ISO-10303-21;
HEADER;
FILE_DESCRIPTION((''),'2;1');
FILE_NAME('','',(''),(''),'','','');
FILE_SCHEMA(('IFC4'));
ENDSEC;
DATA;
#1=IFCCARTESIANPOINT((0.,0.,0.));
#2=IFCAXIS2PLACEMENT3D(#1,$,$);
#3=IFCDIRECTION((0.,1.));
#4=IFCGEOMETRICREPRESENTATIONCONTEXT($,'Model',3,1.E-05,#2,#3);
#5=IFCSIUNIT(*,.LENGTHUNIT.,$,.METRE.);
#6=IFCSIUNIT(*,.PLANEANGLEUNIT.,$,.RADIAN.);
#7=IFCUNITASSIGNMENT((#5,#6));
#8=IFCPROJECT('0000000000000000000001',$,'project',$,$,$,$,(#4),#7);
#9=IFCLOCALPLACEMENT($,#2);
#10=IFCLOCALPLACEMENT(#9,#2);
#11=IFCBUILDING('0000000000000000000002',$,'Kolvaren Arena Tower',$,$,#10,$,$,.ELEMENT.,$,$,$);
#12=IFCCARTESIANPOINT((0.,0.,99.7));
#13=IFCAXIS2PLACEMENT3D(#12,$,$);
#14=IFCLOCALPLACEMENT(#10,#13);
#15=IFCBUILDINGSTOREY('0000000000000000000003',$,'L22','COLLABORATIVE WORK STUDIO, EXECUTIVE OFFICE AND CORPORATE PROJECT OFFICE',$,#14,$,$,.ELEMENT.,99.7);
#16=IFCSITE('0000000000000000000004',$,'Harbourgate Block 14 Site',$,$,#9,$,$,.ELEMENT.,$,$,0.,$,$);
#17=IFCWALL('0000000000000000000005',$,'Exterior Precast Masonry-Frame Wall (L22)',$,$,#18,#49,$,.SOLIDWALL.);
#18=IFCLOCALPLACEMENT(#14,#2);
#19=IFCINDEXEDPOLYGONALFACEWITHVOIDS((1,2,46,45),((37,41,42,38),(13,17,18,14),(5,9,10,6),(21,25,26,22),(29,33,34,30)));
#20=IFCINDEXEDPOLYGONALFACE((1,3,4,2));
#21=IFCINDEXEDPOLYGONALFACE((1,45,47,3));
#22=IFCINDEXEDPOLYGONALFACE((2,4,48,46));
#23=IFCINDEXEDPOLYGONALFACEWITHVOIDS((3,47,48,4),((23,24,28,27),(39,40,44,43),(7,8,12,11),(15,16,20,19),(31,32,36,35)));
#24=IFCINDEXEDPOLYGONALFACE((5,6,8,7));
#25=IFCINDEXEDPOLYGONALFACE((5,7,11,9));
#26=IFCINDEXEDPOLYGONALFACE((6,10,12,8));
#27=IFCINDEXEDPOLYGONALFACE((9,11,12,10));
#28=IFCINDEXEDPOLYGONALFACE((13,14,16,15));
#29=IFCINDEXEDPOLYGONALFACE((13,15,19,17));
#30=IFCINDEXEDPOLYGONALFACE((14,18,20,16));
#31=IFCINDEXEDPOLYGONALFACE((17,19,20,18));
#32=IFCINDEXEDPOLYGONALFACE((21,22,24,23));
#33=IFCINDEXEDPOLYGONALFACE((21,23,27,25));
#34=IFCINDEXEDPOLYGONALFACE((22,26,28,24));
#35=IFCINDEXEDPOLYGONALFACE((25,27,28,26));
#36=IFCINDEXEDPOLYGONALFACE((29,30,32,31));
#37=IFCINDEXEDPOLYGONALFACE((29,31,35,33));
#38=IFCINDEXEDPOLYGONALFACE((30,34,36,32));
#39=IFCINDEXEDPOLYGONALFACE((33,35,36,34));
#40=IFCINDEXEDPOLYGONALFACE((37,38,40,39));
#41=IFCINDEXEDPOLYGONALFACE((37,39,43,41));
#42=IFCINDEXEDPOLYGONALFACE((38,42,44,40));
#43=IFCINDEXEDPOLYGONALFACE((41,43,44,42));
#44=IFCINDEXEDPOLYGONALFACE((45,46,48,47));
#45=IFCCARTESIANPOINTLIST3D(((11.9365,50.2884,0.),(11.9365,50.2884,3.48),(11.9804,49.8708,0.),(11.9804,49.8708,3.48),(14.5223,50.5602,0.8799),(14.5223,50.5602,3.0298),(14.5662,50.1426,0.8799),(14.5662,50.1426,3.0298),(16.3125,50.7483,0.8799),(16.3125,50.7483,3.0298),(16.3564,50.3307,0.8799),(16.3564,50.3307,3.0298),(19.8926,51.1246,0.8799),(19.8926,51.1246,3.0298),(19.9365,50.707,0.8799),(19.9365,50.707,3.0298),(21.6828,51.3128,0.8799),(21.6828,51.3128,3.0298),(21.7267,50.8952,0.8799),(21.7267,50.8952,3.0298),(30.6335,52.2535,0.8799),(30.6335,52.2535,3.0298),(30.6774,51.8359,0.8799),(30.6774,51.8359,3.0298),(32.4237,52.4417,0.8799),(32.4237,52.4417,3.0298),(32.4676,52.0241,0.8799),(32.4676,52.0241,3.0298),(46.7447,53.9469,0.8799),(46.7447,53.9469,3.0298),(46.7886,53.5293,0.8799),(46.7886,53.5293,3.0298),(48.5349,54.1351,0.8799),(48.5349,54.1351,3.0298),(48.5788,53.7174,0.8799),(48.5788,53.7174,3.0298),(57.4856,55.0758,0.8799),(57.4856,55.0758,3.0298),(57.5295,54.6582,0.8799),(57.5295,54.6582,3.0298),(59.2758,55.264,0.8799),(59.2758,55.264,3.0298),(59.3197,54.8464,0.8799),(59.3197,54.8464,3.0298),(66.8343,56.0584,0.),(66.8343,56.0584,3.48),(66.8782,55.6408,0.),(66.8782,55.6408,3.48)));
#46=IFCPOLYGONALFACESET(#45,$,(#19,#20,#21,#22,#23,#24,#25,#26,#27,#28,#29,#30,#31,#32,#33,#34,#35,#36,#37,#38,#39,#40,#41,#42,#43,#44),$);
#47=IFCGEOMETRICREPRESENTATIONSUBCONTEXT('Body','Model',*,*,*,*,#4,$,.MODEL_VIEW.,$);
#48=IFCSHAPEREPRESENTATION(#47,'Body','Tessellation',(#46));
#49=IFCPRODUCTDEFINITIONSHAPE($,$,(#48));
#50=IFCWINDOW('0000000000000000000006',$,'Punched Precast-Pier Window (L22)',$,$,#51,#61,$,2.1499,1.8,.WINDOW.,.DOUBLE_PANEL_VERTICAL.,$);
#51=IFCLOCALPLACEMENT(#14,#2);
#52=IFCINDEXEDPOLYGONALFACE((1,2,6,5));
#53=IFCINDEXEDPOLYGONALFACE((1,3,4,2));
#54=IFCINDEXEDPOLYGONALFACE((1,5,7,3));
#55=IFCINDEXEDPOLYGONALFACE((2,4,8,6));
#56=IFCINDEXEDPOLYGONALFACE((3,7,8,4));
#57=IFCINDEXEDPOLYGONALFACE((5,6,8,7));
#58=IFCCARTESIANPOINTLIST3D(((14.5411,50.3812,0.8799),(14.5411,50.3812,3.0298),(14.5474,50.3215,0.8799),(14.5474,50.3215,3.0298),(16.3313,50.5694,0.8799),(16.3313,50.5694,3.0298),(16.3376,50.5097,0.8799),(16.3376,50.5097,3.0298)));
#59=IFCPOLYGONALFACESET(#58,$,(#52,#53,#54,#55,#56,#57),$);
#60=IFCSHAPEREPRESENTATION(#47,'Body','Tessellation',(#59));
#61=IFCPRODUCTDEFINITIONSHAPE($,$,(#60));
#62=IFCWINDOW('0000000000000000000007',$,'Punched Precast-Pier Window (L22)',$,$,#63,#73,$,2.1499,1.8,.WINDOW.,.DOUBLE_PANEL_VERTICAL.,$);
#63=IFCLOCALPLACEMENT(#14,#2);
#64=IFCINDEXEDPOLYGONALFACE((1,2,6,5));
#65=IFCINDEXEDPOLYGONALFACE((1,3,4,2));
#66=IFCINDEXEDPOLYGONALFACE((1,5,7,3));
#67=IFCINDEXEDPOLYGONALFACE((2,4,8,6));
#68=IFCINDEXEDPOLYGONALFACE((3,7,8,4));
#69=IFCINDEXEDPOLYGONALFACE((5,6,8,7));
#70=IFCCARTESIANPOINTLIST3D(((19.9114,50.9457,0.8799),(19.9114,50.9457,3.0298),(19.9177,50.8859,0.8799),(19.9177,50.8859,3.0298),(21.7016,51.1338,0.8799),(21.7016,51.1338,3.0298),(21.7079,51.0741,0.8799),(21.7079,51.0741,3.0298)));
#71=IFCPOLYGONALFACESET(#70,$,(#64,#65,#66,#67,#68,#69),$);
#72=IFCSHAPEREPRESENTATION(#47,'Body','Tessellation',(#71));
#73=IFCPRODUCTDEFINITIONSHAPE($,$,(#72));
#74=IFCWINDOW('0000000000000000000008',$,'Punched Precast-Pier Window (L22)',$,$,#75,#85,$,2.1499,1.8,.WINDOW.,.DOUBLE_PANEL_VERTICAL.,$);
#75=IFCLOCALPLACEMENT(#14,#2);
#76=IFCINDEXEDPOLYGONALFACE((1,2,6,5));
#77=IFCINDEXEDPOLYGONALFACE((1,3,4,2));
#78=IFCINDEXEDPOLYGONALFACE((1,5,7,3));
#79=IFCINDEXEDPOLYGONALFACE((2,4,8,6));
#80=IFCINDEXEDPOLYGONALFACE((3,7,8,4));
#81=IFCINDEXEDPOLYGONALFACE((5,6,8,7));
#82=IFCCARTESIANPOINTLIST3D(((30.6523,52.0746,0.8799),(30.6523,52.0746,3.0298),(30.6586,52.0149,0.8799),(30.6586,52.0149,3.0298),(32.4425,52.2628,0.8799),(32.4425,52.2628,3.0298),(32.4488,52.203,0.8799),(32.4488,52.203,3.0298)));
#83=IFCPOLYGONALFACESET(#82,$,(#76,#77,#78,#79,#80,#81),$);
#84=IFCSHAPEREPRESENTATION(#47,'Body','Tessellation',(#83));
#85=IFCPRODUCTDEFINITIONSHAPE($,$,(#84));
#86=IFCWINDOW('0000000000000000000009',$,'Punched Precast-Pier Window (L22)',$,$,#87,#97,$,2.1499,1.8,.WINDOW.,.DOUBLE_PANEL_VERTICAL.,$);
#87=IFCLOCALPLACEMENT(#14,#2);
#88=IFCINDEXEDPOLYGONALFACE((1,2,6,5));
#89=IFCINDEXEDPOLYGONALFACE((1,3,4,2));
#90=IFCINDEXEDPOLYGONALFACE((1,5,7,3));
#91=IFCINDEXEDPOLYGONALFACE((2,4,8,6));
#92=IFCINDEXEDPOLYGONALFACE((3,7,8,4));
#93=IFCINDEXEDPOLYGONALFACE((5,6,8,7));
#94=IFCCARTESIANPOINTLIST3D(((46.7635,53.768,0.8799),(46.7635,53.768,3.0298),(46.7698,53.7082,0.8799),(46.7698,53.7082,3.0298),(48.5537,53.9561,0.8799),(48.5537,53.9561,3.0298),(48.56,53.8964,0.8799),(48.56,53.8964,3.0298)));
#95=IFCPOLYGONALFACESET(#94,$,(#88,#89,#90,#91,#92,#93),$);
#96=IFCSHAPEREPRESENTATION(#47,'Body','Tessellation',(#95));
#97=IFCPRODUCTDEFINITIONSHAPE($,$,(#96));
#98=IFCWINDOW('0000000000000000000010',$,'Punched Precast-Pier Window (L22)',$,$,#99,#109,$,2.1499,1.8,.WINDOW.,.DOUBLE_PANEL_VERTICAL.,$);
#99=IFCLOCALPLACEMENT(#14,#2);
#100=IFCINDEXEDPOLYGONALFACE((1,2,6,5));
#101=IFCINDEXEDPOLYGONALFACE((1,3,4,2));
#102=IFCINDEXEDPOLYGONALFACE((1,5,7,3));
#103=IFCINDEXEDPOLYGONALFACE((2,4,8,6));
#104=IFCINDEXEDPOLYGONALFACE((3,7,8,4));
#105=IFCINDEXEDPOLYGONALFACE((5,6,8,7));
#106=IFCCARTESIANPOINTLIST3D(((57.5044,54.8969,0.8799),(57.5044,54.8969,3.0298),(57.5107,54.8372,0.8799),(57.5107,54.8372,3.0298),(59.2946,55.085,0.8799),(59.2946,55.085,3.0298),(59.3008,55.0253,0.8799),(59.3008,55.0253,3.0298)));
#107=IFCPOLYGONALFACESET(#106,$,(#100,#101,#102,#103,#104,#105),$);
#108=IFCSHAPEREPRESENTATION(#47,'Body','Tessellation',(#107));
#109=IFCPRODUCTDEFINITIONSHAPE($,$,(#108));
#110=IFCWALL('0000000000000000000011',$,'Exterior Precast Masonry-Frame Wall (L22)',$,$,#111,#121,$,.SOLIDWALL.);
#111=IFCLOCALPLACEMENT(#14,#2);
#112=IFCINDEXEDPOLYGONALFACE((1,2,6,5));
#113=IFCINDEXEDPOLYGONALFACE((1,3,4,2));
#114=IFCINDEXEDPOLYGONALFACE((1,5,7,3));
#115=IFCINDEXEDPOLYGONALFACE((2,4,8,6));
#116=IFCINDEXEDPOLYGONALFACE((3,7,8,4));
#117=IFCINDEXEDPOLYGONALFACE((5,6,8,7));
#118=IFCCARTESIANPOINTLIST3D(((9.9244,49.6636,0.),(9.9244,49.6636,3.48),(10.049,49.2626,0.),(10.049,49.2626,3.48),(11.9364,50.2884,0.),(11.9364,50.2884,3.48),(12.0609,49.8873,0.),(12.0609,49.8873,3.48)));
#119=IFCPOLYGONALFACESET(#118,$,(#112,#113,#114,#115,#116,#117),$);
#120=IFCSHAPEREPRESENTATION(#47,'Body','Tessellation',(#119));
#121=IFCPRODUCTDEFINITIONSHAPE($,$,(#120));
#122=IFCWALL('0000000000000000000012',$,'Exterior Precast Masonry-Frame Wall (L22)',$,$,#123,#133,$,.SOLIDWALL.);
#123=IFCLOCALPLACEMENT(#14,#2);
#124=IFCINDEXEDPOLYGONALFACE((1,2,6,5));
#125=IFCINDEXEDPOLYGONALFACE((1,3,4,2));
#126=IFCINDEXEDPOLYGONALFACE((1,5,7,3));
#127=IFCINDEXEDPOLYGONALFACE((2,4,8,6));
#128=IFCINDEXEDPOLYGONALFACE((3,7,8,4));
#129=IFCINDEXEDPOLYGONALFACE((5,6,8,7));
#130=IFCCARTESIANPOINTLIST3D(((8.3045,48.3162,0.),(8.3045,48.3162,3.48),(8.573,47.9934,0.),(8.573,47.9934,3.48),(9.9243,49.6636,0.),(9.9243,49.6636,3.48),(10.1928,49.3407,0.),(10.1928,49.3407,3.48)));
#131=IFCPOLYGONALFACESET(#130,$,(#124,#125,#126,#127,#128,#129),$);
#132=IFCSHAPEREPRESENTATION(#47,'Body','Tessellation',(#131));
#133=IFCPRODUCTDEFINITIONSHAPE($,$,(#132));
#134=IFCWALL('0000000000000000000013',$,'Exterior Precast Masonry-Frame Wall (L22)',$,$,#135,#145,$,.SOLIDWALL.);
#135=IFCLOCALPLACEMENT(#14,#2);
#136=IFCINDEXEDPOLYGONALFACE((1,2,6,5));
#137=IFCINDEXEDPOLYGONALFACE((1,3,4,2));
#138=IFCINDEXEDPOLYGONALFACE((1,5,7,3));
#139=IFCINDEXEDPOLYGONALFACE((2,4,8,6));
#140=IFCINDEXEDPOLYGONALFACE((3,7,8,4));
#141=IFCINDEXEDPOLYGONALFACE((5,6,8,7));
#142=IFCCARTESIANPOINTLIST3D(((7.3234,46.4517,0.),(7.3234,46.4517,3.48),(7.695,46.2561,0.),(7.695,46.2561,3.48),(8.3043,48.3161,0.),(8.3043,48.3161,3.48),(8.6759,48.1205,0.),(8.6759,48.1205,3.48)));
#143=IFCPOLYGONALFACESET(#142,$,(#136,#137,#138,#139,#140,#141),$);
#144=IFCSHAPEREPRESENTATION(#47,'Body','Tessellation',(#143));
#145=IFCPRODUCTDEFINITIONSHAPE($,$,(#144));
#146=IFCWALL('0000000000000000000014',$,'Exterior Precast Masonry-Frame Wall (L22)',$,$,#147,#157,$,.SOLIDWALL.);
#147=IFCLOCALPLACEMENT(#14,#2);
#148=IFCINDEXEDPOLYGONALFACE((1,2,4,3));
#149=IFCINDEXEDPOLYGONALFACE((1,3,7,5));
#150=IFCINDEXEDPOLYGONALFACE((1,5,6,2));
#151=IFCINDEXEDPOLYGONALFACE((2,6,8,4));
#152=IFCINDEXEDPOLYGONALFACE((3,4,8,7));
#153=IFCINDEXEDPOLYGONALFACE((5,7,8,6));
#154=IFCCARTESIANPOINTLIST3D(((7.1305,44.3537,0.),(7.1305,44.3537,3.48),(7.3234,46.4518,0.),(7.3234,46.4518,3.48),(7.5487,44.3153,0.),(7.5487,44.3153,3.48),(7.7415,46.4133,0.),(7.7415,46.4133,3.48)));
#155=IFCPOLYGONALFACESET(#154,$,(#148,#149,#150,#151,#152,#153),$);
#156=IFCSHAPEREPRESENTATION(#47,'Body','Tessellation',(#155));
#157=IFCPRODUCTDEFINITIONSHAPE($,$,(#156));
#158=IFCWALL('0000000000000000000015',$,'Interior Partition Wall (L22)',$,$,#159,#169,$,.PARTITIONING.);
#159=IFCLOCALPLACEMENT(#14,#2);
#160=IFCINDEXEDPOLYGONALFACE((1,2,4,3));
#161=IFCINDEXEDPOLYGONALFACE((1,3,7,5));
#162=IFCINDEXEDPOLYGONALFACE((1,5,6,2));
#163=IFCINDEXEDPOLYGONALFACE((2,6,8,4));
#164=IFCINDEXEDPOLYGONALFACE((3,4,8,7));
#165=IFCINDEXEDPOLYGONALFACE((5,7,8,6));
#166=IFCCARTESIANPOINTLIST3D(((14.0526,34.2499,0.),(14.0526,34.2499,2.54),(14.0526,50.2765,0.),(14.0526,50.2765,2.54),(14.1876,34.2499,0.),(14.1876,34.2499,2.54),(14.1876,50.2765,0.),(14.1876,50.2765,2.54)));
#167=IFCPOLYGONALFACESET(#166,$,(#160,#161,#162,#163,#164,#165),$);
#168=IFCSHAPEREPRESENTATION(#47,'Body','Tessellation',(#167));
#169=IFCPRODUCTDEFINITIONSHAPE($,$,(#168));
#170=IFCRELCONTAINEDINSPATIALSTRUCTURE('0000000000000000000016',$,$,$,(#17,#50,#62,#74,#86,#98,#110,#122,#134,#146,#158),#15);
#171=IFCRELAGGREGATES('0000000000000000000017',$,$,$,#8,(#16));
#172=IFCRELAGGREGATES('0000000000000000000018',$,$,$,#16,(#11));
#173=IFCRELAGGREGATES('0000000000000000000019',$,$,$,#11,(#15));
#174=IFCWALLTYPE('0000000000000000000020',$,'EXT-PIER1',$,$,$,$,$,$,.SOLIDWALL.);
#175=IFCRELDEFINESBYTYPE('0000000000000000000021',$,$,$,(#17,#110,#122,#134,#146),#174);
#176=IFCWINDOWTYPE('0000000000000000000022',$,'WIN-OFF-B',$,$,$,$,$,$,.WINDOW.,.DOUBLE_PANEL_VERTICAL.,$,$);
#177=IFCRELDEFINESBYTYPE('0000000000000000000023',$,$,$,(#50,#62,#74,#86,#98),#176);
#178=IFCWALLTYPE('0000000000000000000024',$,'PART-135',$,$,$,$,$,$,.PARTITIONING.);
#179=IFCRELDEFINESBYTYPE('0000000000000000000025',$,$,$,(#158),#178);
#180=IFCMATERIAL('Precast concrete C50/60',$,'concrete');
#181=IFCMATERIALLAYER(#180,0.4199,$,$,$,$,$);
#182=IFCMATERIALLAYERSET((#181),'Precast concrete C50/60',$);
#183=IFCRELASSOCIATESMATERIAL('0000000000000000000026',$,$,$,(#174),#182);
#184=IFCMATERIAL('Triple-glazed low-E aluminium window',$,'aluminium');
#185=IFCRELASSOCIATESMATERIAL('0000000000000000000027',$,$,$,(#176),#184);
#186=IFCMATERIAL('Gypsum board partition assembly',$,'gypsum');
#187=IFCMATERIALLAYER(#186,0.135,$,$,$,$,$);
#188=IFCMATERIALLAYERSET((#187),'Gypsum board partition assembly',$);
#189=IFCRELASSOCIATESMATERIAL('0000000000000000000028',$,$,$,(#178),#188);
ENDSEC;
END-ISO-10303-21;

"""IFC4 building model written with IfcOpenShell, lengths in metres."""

from ifc_helpers import new_model, si_unit, direction, frame, frame_2d, origin, place, context, subcontext, project, spatial, rectangle, extrude, material, layer, layer_set, type_object, element, fill, save


model = new_model("IFC4")

# Units and contexts
model_context = context("Model", 3, precision=1e-05, world=origin(), true_north=direction((0.0, 1.0)))
body_context = subcontext(model_context, "Body", "Model", "MODEL_VIEW")
ifc_project = project(units=[si_unit("LENGTHUNIT", "METRE"), si_unit("PLANEANGLEUNIT", "RADIAN")], contexts=[model_context])

# Site, building, storey
site_placement = place(None, origin())
site = spatial("IfcSite", under=ifc_project, at=site_placement, Name="Harbourgate Block 14 Site", CompositionType="ELEMENT", RefElevation=0.0)
building_placement = place(site_placement, origin())
building = spatial("IfcBuilding", under=site, at=building_placement, Name="Kolvaren Arena Tower", CompositionType="ELEMENT")
storey_placement = place(building_placement, frame((0.0, 0.0, 99.7)))
storey = spatial("IfcBuildingStorey", under=building, at=storey_placement, Name="L22", Description="COLLABORATIVE WORK STUDIO, EXECUTIVE OFFICE AND CORPORATE PROJECT OFFICE", CompositionType="ELEMENT", Elevation=99.7)

# Wall, openings, windows
ifc_material_1 = material(Name="Precast concrete C50/60", Category="concrete")
ifc_layer_1 = layer(ifc_material_1, 0.4199)
ifc_layer_set_1 = layer_set([ifc_layer_1], Name="Precast concrete C50/60")
wall_type_1 = type_object("IfcWallType", Name="EXT-PIER1", PredefinedType="SOLIDWALL", material=ifc_layer_set_1)
wall_1_placement = place(storey_placement, frame((11.9585, 50.0796, 0.0), z_axis=(0.0, 0.0, 1.0), x_axis=(0.994522, 0.104529, 0.0)))
wall_1 = element("IfcWall", 1, at=wall_1_placement, inside=storey, type_object=wall_type_1, Name="Exterior Precast Masonry-Frame Wall (L22)", PredefinedType="SOLIDWALL", context=body_context, shape_type="SweptSolid", body=[
    extrude(rectangle(XDim=55.2002, YDim=0.4199, at=frame_2d((27.6001, 0.0))), origin(), (0.0, 0.0, 1.0), 3.48),
])
opening_1_placement = place(wall_1_placement, frame((2.6001, 0.0, 0.8799)))
opening_1 = element("IfcOpeningElement", 2, at=opening_1_placement, cuts=wall_1, PredefinedType="OPENING", context=body_context, shape_type="SweptSolid", body=[
    extrude(rectangle(XDim=1.8, YDim=2.1499, at=frame_2d((0.8999, 1.075))), frame((0.0, 0.22, 0.0), z_axis=(0.0, -1.0, 0.0), x_axis=(1.0, 0.0, 0.0)), (0.0, 0.0, 1.0), 0.4399),
])
opening_2_placement = place(wall_1_placement, frame((8.0, 0.0, 0.8799)))
opening_2 = element("IfcOpeningElement", 3, at=opening_2_placement, cuts=wall_1, PredefinedType="OPENING", context=body_context, shape_type="SweptSolid", body=[
    extrude(rectangle(XDim=1.8, YDim=2.1499, at=frame_2d((0.8999, 1.075))), frame((0.0, 0.22, 0.0), z_axis=(0.0, -1.0, 0.0), x_axis=(1.0, 0.0, 0.0)), (0.0, 0.0, 1.0), 0.4399),
])
opening_3_placement = place(wall_1_placement, frame((18.8, 0.0, 0.8799)))
opening_3 = element("IfcOpeningElement", 4, at=opening_3_placement, cuts=wall_1, PredefinedType="OPENING", context=body_context, shape_type="SweptSolid", body=[
    extrude(rectangle(XDim=1.8, YDim=2.1499, at=frame_2d((0.8999, 1.075))), frame((0.0, 0.22, 0.0), z_axis=(0.0, -1.0, 0.0), x_axis=(1.0, 0.0, 0.0)), (0.0, 0.0, 1.0), 0.4399),
])
opening_4_placement = place(wall_1_placement, frame((35.0, 0.0, 0.8799)))
opening_4 = element("IfcOpeningElement", 5, at=opening_4_placement, cuts=wall_1, PredefinedType="OPENING", context=body_context, shape_type="SweptSolid", body=[
    extrude(rectangle(XDim=1.8, YDim=2.1499, at=frame_2d((0.8999, 1.075))), frame((0.0, 0.22, 0.0), z_axis=(0.0, -1.0, 0.0), x_axis=(1.0, 0.0, 0.0)), (0.0, 0.0, 1.0), 0.4399),
])
opening_5_placement = place(wall_1_placement, frame((45.8, 0.0, 0.8799)))
opening_5 = element("IfcOpeningElement", 6, at=opening_5_placement, cuts=wall_1, PredefinedType="OPENING", context=body_context, shape_type="SweptSolid", body=[
    extrude(rectangle(XDim=1.8, YDim=2.1499, at=frame_2d((0.8999, 1.075))), frame((0.0, 0.22, 0.0), z_axis=(0.0, -1.0, 0.0), x_axis=(1.0, 0.0, 0.0)), (0.0, 0.0, 1.0), 0.4399),
])
ifc_material_2 = material(Name="Triple-glazed low-E aluminium window", Category="aluminium")
window_type = type_object("IfcWindowType", Name="WIN-OFF-B", PartitioningType="DOUBLE_PANEL_VERTICAL", PredefinedType="WINDOW", material=ifc_material_2)
window_1_placement = place(opening_1_placement, origin())
window_1 = element("IfcWindow", 7, at=window_1_placement, inside=storey, type_object=window_type, Name="Punched Precast-Pier Window (L22)", OverallHeight=2.1499, OverallWidth=1.8, PartitioningType="DOUBLE_PANEL_VERTICAL", PredefinedType="WINDOW", context=body_context, shape_type="SweptSolid", body=[
    extrude(rectangle(XDim=1.8, YDim=2.1499, at=frame_2d((0.8999, 1.075))), frame((0.0, 0.03, 0.0), z_axis=(0.0, -1.0, 0.0), x_axis=(1.0, 0.0, 0.0)), (0.0, 0.0, 1.0), 0.0601),
])
fill(opening_1, window_1)
window_2_placement = place(opening_2_placement, origin())
window_2 = element("IfcWindow", 8, at=window_2_placement, inside=storey, type_object=window_type, Name="Punched Precast-Pier Window (L22)", OverallHeight=2.1499, OverallWidth=1.8, PartitioningType="DOUBLE_PANEL_VERTICAL", PredefinedType="WINDOW", context=body_context, shape_type="SweptSolid", body=[
    extrude(rectangle(XDim=1.8, YDim=2.1499, at=frame_2d((0.8999, 1.075))), frame((0.0, 0.03, 0.0), z_axis=(0.0, -1.0, 0.0), x_axis=(1.0, 0.0, 0.0)), (0.0, 0.0, 1.0), 0.0601),
])
fill(opening_2, window_2)
window_3_placement = place(opening_3_placement, origin())
window_3 = element("IfcWindow", 9, at=window_3_placement, inside=storey, type_object=window_type, Name="Punched Precast-Pier Window (L22)", OverallHeight=2.1499, OverallWidth=1.8, PartitioningType="DOUBLE_PANEL_VERTICAL", PredefinedType="WINDOW", context=body_context, shape_type="SweptSolid", body=[
    extrude(rectangle(XDim=1.8, YDim=2.1499, at=frame_2d((0.8999, 1.075))), frame((0.0, 0.03, 0.0), z_axis=(0.0, -1.0, 0.0), x_axis=(1.0, 0.0, 0.0)), (0.0, 0.0, 1.0), 0.0601),
])
fill(opening_3, window_3)
window_4_placement = place(opening_4_placement, origin())
window_4 = element("IfcWindow", 10, at=window_4_placement, inside=storey, type_object=window_type, Name="Punched Precast-Pier Window (L22)", OverallHeight=2.1499, OverallWidth=1.8, PartitioningType="DOUBLE_PANEL_VERTICAL", PredefinedType="WINDOW", context=body_context, shape_type="SweptSolid", body=[
    extrude(rectangle(XDim=1.8, YDim=2.1499, at=frame_2d((0.8999, 1.075))), frame((0.0, 0.03, 0.0), z_axis=(0.0, -1.0, 0.0), x_axis=(1.0, 0.0, 0.0)), (0.0, 0.0, 1.0), 0.0601),
])
fill(opening_4, window_4)
window_5_placement = place(opening_5_placement, origin())
window_5 = element("IfcWindow", 11, at=window_5_placement, inside=storey, type_object=window_type, Name="Punched Precast-Pier Window (L22)", OverallHeight=2.1499, OverallWidth=1.8, PartitioningType="DOUBLE_PANEL_VERTICAL", PredefinedType="WINDOW", context=body_context, shape_type="SweptSolid", body=[
    extrude(rectangle(XDim=1.8, YDim=2.1499, at=frame_2d((0.8999, 1.075))), frame((0.0, 0.03, 0.0), z_axis=(0.0, -1.0, 0.0), x_axis=(1.0, 0.0, 0.0)), (0.0, 0.0, 1.0), 0.0601),
])
fill(opening_5, window_5)

# Walls
wall_2_placement = place(storey_placement, frame((9.9868, 49.4631, 0.0), z_axis=(0.0, 0.0, 1.0), x_axis=(0.955017, 0.296552, 0.0)))
element("IfcWall", 12, at=wall_2_placement, inside=storey, type_object=wall_type_1, Name="Exterior Precast Masonry-Frame Wall (L22)", PredefinedType="SOLIDWALL", context=body_context, shape_type="SweptSolid", body=[
    extrude(rectangle(XDim=2.1067, YDim=0.4199, at=frame_2d((1.0532, 0.0))), origin(), (0.0, 0.0, 1.0), 3.48),
])
wall_3_placement = place(storey_placement, frame((8.4387, 48.1548, 0.0), z_axis=(0.0, 0.0, 1.0), x_axis=(0.7688, 0.639489, 0.0)))
element("IfcWall", 13, at=wall_3_placement, inside=storey, type_object=wall_type_1, Name="Exterior Precast Masonry-Frame Wall (L22)", PredefinedType="SOLIDWALL", context=body_context, shape_type="SweptSolid", body=[
    extrude(rectangle(XDim=2.1069, YDim=0.4199, at=frame_2d((1.0535, 0.0))), origin(), (0.0, 0.0, 1.0), 3.48),
])
wall_4_placement = place(storey_placement, frame((7.5093, 46.354, 0.0), z_axis=(0.0, 0.0, 1.0), x_axis=(0.465613, 0.884989, 0.0)))
element("IfcWall", 14, at=wall_4_placement, inside=storey, type_object=wall_type_1, Name="Exterior Precast Masonry-Frame Wall (L22)", PredefinedType="SOLIDWALL", context=body_context, shape_type="SweptSolid", body=[
    extrude(rectangle(XDim=2.1067, YDim=0.4199, at=frame_2d((1.0532, 0.0))), origin(), (0.0, 0.0, 1.0), 3.48),
])
wall_5_placement = place(storey_placement, frame((7.3396, 44.3345, 0.0), z_axis=(0.0, 0.0, 1.0), x_axis=(0.091539, 0.995802, 0.0)))
element("IfcWall", 15, at=wall_5_placement, inside=storey, type_object=wall_type_1, Name="Exterior Precast Masonry-Frame Wall (L22)", PredefinedType="SOLIDWALL", context=body_context, shape_type="SweptSolid", body=[
    extrude(rectangle(XDim=2.1069, YDim=0.4199, at=frame_2d((1.0535, 0.0))), origin(), (0.0, 0.0, 1.0), 3.48),
])
ifc_material_3 = material(Name="Gypsum board partition assembly", Category="gypsum")
ifc_layer_2 = layer(ifc_material_3, 0.135)
ifc_layer_set_2 = layer_set([ifc_layer_2], Name="Gypsum board partition assembly")
wall_type_2 = type_object("IfcWallType", Name="PART-135", PredefinedType="PARTITIONING", material=ifc_layer_set_2)
wall_6_placement = place(storey_placement, frame((14.1201, 34.25, 0.0), z_axis=(0.0, 0.0, 1.0), x_axis=(0.0, 1.0, 0.0)))
element("IfcWall", 16, at=wall_6_placement, inside=storey, type_object=wall_type_2, Name="Interior Partition Wall (L22)", PredefinedType="PARTITIONING", context=body_context, shape_type="SweptSolid", body=[
    extrude(rectangle(XDim=16.0266, YDim=0.135, at=frame_2d((8.0132, 0.0))), origin(), (0.0, 0.0, 1.0), 2.54),
])

save(model, "model.ifc")
